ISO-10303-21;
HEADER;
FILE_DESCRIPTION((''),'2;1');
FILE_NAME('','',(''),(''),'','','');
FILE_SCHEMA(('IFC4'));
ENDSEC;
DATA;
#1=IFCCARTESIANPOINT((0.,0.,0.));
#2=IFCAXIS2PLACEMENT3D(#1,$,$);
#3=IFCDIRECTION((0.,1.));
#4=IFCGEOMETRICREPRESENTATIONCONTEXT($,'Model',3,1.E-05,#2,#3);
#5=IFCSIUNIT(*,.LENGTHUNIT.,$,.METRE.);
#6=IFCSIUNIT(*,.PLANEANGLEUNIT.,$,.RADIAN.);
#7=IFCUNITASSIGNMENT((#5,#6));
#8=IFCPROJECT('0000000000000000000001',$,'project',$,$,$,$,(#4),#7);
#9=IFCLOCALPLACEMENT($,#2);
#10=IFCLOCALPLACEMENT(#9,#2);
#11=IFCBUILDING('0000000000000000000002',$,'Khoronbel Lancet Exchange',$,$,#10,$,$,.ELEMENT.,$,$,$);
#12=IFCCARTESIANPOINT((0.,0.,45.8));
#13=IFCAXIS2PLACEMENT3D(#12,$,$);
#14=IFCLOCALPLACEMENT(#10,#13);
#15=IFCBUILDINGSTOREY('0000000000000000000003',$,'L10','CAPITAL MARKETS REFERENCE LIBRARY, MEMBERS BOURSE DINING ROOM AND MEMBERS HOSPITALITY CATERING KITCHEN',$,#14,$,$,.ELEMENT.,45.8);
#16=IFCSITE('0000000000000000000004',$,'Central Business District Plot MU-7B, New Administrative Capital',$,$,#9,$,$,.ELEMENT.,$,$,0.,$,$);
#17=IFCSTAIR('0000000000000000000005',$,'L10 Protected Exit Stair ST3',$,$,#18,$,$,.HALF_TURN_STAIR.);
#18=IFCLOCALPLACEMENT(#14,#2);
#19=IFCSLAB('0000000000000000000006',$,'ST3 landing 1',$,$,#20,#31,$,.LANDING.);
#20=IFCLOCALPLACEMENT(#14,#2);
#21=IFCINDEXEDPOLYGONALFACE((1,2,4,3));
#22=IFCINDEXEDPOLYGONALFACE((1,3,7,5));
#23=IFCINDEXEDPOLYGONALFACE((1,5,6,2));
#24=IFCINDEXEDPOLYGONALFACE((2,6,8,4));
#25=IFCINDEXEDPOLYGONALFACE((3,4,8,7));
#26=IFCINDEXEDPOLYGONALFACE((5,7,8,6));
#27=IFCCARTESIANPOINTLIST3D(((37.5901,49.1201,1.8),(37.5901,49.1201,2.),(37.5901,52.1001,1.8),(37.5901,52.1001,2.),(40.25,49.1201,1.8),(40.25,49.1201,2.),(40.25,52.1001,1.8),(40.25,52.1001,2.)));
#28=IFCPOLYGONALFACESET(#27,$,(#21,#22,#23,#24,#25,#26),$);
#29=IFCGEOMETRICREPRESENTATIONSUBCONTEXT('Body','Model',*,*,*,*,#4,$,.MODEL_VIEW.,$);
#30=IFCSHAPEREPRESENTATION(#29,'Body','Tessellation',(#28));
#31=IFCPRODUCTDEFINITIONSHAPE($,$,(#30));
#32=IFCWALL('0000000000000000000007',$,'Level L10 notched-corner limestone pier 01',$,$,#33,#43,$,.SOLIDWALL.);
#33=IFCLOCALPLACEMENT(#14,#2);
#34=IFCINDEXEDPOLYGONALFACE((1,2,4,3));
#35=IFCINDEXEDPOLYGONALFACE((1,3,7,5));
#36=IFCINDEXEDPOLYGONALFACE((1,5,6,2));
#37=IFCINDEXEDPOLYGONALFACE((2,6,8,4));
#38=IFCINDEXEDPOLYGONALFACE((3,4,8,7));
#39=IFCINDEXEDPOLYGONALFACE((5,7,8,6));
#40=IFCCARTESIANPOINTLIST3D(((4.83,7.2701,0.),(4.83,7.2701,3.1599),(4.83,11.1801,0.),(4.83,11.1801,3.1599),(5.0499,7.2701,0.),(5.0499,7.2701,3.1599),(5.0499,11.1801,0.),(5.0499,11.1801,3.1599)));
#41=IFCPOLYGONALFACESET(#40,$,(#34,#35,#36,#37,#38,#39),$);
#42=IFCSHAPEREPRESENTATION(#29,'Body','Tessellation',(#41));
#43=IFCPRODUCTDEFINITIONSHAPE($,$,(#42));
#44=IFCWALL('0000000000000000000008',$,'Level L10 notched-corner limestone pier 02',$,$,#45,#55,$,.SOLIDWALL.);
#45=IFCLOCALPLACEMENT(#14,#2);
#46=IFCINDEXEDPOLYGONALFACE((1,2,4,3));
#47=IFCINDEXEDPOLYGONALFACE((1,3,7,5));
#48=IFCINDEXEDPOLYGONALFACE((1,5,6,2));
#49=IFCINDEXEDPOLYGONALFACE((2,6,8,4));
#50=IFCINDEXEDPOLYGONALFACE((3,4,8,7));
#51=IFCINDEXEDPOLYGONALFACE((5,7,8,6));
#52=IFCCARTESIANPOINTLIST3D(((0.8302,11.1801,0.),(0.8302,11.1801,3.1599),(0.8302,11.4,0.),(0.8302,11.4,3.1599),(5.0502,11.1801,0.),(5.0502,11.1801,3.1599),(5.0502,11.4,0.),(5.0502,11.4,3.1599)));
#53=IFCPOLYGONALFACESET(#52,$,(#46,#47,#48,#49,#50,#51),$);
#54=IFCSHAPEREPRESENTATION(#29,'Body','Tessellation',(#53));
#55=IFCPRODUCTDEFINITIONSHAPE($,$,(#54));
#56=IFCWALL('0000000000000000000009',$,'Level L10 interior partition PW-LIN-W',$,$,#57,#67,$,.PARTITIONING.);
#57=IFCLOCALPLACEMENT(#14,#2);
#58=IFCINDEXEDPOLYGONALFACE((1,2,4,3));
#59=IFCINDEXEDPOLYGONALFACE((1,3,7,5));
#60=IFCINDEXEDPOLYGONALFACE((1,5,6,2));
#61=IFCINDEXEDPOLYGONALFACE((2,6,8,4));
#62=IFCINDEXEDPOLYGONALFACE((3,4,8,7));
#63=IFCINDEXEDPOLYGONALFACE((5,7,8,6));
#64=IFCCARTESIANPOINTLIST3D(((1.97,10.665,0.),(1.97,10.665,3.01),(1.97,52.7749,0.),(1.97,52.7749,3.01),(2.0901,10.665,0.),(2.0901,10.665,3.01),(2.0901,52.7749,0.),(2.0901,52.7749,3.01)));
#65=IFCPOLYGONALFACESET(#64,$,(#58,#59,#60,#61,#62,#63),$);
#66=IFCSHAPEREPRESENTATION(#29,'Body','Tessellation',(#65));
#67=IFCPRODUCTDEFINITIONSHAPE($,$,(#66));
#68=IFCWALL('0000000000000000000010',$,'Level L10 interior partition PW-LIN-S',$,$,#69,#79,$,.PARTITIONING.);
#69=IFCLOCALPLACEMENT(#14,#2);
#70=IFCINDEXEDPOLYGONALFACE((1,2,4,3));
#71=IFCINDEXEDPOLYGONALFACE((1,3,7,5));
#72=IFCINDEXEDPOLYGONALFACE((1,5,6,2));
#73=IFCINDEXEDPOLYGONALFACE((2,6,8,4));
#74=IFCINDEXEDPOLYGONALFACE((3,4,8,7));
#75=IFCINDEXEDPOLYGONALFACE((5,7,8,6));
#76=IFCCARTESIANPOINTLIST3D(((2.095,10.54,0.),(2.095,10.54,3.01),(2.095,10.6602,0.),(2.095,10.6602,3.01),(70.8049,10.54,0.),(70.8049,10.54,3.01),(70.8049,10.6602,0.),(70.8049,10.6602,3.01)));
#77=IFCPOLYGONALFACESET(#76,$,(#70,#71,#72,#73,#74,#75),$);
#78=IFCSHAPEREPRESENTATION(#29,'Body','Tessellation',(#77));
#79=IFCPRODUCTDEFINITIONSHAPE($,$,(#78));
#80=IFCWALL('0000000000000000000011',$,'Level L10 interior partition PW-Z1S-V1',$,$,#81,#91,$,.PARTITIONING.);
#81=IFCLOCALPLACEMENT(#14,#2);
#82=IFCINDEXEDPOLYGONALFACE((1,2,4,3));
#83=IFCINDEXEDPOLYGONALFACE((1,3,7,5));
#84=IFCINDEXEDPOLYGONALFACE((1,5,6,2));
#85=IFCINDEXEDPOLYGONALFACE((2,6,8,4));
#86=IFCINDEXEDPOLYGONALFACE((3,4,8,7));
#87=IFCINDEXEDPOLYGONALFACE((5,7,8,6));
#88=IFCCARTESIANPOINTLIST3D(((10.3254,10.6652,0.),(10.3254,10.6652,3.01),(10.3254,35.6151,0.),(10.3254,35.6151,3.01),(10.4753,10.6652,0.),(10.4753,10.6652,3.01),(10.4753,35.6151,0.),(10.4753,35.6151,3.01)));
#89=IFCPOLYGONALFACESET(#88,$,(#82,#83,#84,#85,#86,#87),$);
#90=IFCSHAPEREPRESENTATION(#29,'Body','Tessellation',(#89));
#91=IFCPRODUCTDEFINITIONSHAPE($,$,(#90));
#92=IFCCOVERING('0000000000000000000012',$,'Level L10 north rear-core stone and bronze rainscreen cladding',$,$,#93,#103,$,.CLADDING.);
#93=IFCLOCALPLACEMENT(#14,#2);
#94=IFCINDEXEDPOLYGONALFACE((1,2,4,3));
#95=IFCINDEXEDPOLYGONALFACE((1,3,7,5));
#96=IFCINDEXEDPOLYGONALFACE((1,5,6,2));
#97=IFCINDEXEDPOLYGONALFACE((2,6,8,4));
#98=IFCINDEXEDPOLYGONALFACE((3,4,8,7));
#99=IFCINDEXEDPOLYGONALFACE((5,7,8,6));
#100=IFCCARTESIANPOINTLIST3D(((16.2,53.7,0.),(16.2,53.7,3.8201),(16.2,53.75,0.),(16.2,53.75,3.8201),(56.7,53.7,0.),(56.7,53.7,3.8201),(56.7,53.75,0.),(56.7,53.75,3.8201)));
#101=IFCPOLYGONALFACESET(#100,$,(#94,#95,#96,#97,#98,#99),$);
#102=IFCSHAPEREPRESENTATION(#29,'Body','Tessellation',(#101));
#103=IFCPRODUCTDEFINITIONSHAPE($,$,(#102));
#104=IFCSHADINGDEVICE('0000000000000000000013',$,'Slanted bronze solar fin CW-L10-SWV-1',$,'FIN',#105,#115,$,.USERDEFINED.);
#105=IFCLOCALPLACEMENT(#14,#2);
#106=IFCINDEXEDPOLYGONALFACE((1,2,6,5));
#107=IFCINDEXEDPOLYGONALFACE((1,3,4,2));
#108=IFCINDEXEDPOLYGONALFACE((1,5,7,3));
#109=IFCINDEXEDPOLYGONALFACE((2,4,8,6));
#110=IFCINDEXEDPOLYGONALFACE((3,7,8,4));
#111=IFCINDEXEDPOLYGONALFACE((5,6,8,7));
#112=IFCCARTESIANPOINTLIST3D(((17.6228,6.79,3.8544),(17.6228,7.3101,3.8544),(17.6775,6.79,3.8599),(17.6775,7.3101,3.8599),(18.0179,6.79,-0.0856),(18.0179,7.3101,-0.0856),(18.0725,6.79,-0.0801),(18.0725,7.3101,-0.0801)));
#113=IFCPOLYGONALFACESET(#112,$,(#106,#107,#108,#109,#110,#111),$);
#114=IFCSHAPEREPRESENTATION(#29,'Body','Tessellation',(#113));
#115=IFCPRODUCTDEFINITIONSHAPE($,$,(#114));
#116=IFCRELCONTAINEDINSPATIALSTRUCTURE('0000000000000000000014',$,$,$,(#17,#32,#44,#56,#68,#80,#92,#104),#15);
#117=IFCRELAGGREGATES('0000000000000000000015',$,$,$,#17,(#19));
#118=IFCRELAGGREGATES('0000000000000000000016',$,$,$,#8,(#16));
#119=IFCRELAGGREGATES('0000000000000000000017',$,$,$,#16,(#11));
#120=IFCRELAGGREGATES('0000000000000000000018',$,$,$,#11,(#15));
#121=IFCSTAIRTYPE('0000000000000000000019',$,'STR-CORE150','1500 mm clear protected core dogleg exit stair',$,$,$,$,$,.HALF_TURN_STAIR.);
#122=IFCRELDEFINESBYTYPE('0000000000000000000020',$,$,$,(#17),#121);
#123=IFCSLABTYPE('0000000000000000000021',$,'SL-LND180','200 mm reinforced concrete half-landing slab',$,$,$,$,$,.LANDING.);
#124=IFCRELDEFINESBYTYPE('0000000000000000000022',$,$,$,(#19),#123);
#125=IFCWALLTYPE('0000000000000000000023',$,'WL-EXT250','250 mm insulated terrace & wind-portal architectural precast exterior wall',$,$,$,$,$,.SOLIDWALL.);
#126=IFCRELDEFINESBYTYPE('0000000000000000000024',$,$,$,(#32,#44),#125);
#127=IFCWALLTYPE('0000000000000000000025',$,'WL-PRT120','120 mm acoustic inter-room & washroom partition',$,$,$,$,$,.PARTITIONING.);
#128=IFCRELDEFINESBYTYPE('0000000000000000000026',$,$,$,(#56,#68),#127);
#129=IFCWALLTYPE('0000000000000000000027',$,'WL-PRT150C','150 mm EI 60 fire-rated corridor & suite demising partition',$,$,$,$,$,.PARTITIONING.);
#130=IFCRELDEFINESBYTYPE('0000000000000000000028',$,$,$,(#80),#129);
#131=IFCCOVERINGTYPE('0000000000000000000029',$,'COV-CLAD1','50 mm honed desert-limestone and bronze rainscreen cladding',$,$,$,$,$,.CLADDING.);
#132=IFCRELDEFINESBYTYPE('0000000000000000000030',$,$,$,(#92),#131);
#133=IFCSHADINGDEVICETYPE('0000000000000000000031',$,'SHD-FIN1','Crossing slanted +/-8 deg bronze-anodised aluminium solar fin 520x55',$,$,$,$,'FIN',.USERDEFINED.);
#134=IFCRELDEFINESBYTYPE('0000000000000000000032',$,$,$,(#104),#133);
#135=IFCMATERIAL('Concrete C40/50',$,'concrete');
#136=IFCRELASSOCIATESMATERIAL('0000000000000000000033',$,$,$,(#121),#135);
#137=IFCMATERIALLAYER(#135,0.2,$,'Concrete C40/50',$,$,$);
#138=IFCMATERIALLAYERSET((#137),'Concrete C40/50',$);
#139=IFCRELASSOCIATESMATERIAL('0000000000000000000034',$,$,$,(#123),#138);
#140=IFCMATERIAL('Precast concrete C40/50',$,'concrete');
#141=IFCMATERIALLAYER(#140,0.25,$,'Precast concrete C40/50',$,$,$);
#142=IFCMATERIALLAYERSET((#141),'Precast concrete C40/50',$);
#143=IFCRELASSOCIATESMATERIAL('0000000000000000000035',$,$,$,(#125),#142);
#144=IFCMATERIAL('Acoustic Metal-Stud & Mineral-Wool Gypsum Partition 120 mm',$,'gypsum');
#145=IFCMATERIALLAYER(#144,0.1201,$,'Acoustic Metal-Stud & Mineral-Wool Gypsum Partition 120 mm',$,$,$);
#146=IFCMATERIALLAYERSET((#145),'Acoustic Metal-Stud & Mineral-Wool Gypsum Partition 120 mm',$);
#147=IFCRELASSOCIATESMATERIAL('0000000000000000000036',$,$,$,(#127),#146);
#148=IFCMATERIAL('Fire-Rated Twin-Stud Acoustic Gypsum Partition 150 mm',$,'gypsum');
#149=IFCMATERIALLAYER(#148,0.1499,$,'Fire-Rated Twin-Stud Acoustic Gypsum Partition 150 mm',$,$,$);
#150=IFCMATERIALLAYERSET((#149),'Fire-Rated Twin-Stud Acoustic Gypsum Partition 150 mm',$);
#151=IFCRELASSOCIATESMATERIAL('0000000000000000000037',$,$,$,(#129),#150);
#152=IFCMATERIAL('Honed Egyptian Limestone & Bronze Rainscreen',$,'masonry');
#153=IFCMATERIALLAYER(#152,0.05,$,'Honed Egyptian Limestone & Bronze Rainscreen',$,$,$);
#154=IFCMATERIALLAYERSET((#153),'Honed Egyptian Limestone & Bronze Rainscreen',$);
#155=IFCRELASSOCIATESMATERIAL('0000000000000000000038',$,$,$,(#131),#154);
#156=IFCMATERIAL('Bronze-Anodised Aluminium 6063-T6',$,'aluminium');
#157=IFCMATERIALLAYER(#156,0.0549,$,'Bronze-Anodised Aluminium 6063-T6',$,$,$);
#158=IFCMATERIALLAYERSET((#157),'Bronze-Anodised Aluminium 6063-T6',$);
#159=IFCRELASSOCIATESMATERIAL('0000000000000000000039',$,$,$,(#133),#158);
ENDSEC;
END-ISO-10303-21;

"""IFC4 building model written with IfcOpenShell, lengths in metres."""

from ifc_helpers import new_model, si_unit, direction, frame, frame_2d, origin, place, context, subcontext, project, spatial, polyline, rectangle, outline, extrude, material, layer, layer_set, type_object, element, aggregate, save


model = new_model("IFC4")

# Units and contexts
model_context = context("Model", 3, precision=1e-05, world=origin(), true_north=direction((0.0, 1.0)))
body_context = subcontext(model_context, "Body", "Model", "MODEL_VIEW")
ifc_project = project(units=[si_unit("LENGTHUNIT", "METRE"), si_unit("PLANEANGLEUNIT", "RADIAN")], contexts=[model_context])

# Site, building, storey
site_placement = place(None, origin())
site = spatial("IfcSite", under=ifc_project, at=site_placement, Name="Central Business District Plot MU-7B, New Administrative Capital", CompositionType="ELEMENT", RefElevation=0.0)
building_placement = place(site_placement, origin())
building = spatial("IfcBuilding", under=site, at=building_placement, Name="Khoronbel Lancet Exchange", CompositionType="ELEMENT")
storey_placement = place(building_placement, frame((0.0, 0.0, 45.8)))
storey = spatial("IfcBuildingStorey", under=building, at=storey_placement, Name="L10", Description="CAPITAL MARKETS REFERENCE LIBRARY, MEMBERS BOURSE DINING ROOM AND MEMBERS HOSPITALITY CATERING KITCHEN", CompositionType="ELEMENT", Elevation=45.8)

# Shared definitions
ifc_material_1 = material(Name="Bronze-Anodised Aluminium 6063-T6", Category="aluminium")

# Shared definitions
ifc_material_2 = material(Name="Concrete C40/50", Category="concrete")

# Stair, slab
stair_type = type_object("IfcStairType", Name="STR-CORE150", Description="1500 mm clear protected core dogleg exit stair", PredefinedType="HALF_TURN_STAIR", material=ifc_material_2)
ifc_layer_1 = layer(ifc_material_2, 0.2, Name="Concrete C40/50")
ifc_layer_set_1 = layer_set([ifc_layer_1], Name="Concrete C40/50")
slab_type_1 = type_object("IfcSlabType", Name="SL-LND180", Description="200 mm reinforced concrete half-landing slab", PredefinedType="LANDING", material=ifc_layer_set_1)
stair_1_placement = place(storey_placement, origin())
stair_1 = element("IfcStair", 1, at=stair_1_placement, inside=storey, type_object=stair_type, Name="L10 Protected Exit Stair ST3", PredefinedType="HALF_TURN_STAIR")
slab_1_placement = place(storey_placement, frame((0.0, 0.0, 1.8)))
slab_1 = element("IfcSlab", 2, at=slab_1_placement, type_object=slab_type_1, Name="ST3 landing 1", PredefinedType="LANDING", context=body_context, shape_type="SweptSolid", body=[
    extrude(outline(polyline([(37.5901, 49.1201), (40.25, 49.1201), (40.25, 52.1001), (37.5901, 52.1001), (37.5901, 49.1201)])), origin(), (0.0, 0.0, 1.0), 0.2),
])
aggregate(stair_1, [slab_1])

# Walls
ifc_material_3 = material(Name="Precast concrete C40/50", Category="concrete")
ifc_layer_2 = layer(ifc_material_3, 0.25, Name="Precast concrete C40/50")
ifc_layer_set_2 = layer_set([ifc_layer_2], Name="Precast concrete C40/50")
wall_type_1 = type_object("IfcWallType", Name="WL-EXT250", Description="250 mm insulated terrace & wind-portal architectural precast exterior wall", PredefinedType="SOLIDWALL", material=ifc_layer_set_2)
wall_1_placement = place(storey_placement, frame((4.9399, 7.27, 0.0), z_axis=(0.0, 0.0, 1.0), x_axis=(0.0, 1.0, 0.0)))
element("IfcWall", 3, at=wall_1_placement, inside=storey, type_object=wall_type_1, Name="Level L10 notched-corner limestone pier 01", PredefinedType="SOLIDWALL", context=body_context, shape_type="SweptSolid", body=[
    extrude(rectangle(XDim=3.9099, YDim=0.22, at=frame_2d((1.9551, 0.0))), origin(), (0.0, 0.0, 1.0), 3.1599),
])
wall_2_placement = place(storey_placement, frame((5.05, 11.29, 0.0), z_axis=(0.0, 0.0, 1.0), x_axis=(-1.0, 0.0, 0.0)))
element("IfcWall", 4, at=wall_2_placement, inside=storey, type_object=wall_type_1, Name="Level L10 notched-corner limestone pier 02", PredefinedType="SOLIDWALL", context=body_context, shape_type="SweptSolid", body=[
    extrude(rectangle(XDim=4.22, YDim=0.22, at=frame_2d((2.1099, 0.0))), origin(), (0.0, 0.0, 1.0), 3.1599),
])
ifc_material_4 = material(Name="Acoustic Metal-Stud & Mineral-Wool Gypsum Partition 120 mm", Category="gypsum")
ifc_layer_3 = layer(ifc_material_4, 0.1201, Name="Acoustic Metal-Stud & Mineral-Wool Gypsum Partition 120 mm")
ifc_layer_set_3 = layer_set([ifc_layer_3], Name="Acoustic Metal-Stud & Mineral-Wool Gypsum Partition 120 mm")
wall_type_2 = type_object("IfcWallType", Name="WL-PRT120", Description="120 mm acoustic inter-room & washroom partition", PredefinedType="PARTITIONING", material=ifc_layer_set_3)
wall_3_placement = place(storey_placement, frame((2.03, 10.665, 0.0), z_axis=(0.0, 0.0, 1.0), x_axis=(0.0, 1.0, 0.0)))
element("IfcWall", 5, at=wall_3_placement, inside=storey, type_object=wall_type_2, Name="Level L10 interior partition PW-LIN-W", PredefinedType="PARTITIONING", context=body_context, shape_type="SweptSolid", body=[
    extrude(rectangle(XDim=42.1099, YDim=0.1201, at=frame_2d((21.0549, 0.0))), origin(), (0.0, 0.0, 1.0), 3.01),
])
wall_4_placement = place(storey_placement, frame((2.095, 10.6001, 0.0), z_axis=(0.0, 0.0, 1.0), x_axis=(1.0, 0.0, 0.0)))
element("IfcWall", 6, at=wall_4_placement, inside=storey, type_object=wall_type_2, Name="Level L10 interior partition PW-LIN-S", PredefinedType="PARTITIONING", context=body_context, shape_type="SweptSolid", body=[
    extrude(rectangle(XDim=68.71, YDim=0.1201, at=frame_2d((34.355, 0.0))), origin(), (0.0, 0.0, 1.0), 3.01),
])
ifc_material_5 = material(Name="Fire-Rated Twin-Stud Acoustic Gypsum Partition 150 mm", Category="gypsum")
ifc_layer_4 = layer(ifc_material_5, 0.1499, Name="Fire-Rated Twin-Stud Acoustic Gypsum Partition 150 mm")
ifc_layer_set_4 = layer_set([ifc_layer_4], Name="Fire-Rated Twin-Stud Acoustic Gypsum Partition 150 mm")
wall_type_3 = type_object("IfcWallType", Name="WL-PRT150C", Description="150 mm EI 60 fire-rated corridor & suite demising partition", PredefinedType="PARTITIONING", material=ifc_layer_set_4)
wall_5_placement = place(storey_placement, frame((10.4004, 10.665, 0.0), z_axis=(0.0, 0.0, 1.0), x_axis=(0.0, 1.0, 0.0)))
element("IfcWall", 7, at=wall_5_placement, inside=storey, type_object=wall_type_3, Name="Level L10 interior partition PW-Z1S-V1", PredefinedType="PARTITIONING", context=body_context, shape_type="SweptSolid", body=[
    extrude(rectangle(XDim=24.95, YDim=0.1499, at=frame_2d((12.4751, 0.0))), origin(), (0.0, 0.0, 1.0), 3.01),
])

# Covering
ifc_material_6 = material(Name="Honed Egyptian Limestone & Bronze Rainscreen", Category="masonry")
ifc_layer_5 = layer(ifc_material_6, 0.05, Name="Honed Egyptian Limestone & Bronze Rainscreen")
ifc_layer_set_5 = layer_set([ifc_layer_5], Name="Honed Egyptian Limestone & Bronze Rainscreen")
covering_type = type_object("IfcCoveringType", Name="COV-CLAD1", Description="50 mm honed desert-limestone and bronze rainscreen cladding", PredefinedType="CLADDING", material=ifc_layer_set_5)
covering_placement = place(storey_placement, origin())
element("IfcCovering", 8, at=covering_placement, inside=storey, type_object=covering_type, Name="Level L10 north rear-core stone and bronze rainscreen cladding", PredefinedType="CLADDING", context=body_context, shape_type="SweptSolid", body=[
    extrude(outline(polyline([(16.2, 53.7), (56.7, 53.7), (56.7, 53.75), (16.2, 53.75), (16.2, 53.7)])), origin(), (0.0, 0.0, 1.0), 3.8201),
])

# Shading device
ifc_layer_6 = layer(ifc_material_1, 0.0549, Name="Bronze-Anodised Aluminium 6063-T6")
ifc_layer_set_6 = layer_set([ifc_layer_6], Name="Bronze-Anodised Aluminium 6063-T6")
shading_device_type = type_object("IfcShadingDeviceType", Name="SHD-FIN1", Description="Crossing slanted +/-8 deg bronze-anodised aluminium solar fin 520x55", ElementType="FIN", PredefinedType="USERDEFINED", material=ifc_layer_set_6)
shading_device_placement = place(storey_placement, frame((18.0725, 7.3101, -0.0801), z_axis=(0.995012, 0.0, 0.09976), x_axis=(0.0, -1.0, 0.0)))
element("IfcShadingDevice", 9, at=shading_device_placement, inside=storey, type_object=shading_device_type, Name="Slanted bronze solar fin CW-L10-SWV-1", ObjectType="FIN", PredefinedType="USERDEFINED", context=body_context, shape_type="SweptSolid", body=[
    extrude(outline(polyline([(0.0, 0.0), (0.52, 0.0), (0.52, -3.9597), (0.0, -3.9597), (0.0, 0.0)])), origin(), (0.0, 0.0, -1.0), 0.0549),
])

save(model, "model.ifc")
